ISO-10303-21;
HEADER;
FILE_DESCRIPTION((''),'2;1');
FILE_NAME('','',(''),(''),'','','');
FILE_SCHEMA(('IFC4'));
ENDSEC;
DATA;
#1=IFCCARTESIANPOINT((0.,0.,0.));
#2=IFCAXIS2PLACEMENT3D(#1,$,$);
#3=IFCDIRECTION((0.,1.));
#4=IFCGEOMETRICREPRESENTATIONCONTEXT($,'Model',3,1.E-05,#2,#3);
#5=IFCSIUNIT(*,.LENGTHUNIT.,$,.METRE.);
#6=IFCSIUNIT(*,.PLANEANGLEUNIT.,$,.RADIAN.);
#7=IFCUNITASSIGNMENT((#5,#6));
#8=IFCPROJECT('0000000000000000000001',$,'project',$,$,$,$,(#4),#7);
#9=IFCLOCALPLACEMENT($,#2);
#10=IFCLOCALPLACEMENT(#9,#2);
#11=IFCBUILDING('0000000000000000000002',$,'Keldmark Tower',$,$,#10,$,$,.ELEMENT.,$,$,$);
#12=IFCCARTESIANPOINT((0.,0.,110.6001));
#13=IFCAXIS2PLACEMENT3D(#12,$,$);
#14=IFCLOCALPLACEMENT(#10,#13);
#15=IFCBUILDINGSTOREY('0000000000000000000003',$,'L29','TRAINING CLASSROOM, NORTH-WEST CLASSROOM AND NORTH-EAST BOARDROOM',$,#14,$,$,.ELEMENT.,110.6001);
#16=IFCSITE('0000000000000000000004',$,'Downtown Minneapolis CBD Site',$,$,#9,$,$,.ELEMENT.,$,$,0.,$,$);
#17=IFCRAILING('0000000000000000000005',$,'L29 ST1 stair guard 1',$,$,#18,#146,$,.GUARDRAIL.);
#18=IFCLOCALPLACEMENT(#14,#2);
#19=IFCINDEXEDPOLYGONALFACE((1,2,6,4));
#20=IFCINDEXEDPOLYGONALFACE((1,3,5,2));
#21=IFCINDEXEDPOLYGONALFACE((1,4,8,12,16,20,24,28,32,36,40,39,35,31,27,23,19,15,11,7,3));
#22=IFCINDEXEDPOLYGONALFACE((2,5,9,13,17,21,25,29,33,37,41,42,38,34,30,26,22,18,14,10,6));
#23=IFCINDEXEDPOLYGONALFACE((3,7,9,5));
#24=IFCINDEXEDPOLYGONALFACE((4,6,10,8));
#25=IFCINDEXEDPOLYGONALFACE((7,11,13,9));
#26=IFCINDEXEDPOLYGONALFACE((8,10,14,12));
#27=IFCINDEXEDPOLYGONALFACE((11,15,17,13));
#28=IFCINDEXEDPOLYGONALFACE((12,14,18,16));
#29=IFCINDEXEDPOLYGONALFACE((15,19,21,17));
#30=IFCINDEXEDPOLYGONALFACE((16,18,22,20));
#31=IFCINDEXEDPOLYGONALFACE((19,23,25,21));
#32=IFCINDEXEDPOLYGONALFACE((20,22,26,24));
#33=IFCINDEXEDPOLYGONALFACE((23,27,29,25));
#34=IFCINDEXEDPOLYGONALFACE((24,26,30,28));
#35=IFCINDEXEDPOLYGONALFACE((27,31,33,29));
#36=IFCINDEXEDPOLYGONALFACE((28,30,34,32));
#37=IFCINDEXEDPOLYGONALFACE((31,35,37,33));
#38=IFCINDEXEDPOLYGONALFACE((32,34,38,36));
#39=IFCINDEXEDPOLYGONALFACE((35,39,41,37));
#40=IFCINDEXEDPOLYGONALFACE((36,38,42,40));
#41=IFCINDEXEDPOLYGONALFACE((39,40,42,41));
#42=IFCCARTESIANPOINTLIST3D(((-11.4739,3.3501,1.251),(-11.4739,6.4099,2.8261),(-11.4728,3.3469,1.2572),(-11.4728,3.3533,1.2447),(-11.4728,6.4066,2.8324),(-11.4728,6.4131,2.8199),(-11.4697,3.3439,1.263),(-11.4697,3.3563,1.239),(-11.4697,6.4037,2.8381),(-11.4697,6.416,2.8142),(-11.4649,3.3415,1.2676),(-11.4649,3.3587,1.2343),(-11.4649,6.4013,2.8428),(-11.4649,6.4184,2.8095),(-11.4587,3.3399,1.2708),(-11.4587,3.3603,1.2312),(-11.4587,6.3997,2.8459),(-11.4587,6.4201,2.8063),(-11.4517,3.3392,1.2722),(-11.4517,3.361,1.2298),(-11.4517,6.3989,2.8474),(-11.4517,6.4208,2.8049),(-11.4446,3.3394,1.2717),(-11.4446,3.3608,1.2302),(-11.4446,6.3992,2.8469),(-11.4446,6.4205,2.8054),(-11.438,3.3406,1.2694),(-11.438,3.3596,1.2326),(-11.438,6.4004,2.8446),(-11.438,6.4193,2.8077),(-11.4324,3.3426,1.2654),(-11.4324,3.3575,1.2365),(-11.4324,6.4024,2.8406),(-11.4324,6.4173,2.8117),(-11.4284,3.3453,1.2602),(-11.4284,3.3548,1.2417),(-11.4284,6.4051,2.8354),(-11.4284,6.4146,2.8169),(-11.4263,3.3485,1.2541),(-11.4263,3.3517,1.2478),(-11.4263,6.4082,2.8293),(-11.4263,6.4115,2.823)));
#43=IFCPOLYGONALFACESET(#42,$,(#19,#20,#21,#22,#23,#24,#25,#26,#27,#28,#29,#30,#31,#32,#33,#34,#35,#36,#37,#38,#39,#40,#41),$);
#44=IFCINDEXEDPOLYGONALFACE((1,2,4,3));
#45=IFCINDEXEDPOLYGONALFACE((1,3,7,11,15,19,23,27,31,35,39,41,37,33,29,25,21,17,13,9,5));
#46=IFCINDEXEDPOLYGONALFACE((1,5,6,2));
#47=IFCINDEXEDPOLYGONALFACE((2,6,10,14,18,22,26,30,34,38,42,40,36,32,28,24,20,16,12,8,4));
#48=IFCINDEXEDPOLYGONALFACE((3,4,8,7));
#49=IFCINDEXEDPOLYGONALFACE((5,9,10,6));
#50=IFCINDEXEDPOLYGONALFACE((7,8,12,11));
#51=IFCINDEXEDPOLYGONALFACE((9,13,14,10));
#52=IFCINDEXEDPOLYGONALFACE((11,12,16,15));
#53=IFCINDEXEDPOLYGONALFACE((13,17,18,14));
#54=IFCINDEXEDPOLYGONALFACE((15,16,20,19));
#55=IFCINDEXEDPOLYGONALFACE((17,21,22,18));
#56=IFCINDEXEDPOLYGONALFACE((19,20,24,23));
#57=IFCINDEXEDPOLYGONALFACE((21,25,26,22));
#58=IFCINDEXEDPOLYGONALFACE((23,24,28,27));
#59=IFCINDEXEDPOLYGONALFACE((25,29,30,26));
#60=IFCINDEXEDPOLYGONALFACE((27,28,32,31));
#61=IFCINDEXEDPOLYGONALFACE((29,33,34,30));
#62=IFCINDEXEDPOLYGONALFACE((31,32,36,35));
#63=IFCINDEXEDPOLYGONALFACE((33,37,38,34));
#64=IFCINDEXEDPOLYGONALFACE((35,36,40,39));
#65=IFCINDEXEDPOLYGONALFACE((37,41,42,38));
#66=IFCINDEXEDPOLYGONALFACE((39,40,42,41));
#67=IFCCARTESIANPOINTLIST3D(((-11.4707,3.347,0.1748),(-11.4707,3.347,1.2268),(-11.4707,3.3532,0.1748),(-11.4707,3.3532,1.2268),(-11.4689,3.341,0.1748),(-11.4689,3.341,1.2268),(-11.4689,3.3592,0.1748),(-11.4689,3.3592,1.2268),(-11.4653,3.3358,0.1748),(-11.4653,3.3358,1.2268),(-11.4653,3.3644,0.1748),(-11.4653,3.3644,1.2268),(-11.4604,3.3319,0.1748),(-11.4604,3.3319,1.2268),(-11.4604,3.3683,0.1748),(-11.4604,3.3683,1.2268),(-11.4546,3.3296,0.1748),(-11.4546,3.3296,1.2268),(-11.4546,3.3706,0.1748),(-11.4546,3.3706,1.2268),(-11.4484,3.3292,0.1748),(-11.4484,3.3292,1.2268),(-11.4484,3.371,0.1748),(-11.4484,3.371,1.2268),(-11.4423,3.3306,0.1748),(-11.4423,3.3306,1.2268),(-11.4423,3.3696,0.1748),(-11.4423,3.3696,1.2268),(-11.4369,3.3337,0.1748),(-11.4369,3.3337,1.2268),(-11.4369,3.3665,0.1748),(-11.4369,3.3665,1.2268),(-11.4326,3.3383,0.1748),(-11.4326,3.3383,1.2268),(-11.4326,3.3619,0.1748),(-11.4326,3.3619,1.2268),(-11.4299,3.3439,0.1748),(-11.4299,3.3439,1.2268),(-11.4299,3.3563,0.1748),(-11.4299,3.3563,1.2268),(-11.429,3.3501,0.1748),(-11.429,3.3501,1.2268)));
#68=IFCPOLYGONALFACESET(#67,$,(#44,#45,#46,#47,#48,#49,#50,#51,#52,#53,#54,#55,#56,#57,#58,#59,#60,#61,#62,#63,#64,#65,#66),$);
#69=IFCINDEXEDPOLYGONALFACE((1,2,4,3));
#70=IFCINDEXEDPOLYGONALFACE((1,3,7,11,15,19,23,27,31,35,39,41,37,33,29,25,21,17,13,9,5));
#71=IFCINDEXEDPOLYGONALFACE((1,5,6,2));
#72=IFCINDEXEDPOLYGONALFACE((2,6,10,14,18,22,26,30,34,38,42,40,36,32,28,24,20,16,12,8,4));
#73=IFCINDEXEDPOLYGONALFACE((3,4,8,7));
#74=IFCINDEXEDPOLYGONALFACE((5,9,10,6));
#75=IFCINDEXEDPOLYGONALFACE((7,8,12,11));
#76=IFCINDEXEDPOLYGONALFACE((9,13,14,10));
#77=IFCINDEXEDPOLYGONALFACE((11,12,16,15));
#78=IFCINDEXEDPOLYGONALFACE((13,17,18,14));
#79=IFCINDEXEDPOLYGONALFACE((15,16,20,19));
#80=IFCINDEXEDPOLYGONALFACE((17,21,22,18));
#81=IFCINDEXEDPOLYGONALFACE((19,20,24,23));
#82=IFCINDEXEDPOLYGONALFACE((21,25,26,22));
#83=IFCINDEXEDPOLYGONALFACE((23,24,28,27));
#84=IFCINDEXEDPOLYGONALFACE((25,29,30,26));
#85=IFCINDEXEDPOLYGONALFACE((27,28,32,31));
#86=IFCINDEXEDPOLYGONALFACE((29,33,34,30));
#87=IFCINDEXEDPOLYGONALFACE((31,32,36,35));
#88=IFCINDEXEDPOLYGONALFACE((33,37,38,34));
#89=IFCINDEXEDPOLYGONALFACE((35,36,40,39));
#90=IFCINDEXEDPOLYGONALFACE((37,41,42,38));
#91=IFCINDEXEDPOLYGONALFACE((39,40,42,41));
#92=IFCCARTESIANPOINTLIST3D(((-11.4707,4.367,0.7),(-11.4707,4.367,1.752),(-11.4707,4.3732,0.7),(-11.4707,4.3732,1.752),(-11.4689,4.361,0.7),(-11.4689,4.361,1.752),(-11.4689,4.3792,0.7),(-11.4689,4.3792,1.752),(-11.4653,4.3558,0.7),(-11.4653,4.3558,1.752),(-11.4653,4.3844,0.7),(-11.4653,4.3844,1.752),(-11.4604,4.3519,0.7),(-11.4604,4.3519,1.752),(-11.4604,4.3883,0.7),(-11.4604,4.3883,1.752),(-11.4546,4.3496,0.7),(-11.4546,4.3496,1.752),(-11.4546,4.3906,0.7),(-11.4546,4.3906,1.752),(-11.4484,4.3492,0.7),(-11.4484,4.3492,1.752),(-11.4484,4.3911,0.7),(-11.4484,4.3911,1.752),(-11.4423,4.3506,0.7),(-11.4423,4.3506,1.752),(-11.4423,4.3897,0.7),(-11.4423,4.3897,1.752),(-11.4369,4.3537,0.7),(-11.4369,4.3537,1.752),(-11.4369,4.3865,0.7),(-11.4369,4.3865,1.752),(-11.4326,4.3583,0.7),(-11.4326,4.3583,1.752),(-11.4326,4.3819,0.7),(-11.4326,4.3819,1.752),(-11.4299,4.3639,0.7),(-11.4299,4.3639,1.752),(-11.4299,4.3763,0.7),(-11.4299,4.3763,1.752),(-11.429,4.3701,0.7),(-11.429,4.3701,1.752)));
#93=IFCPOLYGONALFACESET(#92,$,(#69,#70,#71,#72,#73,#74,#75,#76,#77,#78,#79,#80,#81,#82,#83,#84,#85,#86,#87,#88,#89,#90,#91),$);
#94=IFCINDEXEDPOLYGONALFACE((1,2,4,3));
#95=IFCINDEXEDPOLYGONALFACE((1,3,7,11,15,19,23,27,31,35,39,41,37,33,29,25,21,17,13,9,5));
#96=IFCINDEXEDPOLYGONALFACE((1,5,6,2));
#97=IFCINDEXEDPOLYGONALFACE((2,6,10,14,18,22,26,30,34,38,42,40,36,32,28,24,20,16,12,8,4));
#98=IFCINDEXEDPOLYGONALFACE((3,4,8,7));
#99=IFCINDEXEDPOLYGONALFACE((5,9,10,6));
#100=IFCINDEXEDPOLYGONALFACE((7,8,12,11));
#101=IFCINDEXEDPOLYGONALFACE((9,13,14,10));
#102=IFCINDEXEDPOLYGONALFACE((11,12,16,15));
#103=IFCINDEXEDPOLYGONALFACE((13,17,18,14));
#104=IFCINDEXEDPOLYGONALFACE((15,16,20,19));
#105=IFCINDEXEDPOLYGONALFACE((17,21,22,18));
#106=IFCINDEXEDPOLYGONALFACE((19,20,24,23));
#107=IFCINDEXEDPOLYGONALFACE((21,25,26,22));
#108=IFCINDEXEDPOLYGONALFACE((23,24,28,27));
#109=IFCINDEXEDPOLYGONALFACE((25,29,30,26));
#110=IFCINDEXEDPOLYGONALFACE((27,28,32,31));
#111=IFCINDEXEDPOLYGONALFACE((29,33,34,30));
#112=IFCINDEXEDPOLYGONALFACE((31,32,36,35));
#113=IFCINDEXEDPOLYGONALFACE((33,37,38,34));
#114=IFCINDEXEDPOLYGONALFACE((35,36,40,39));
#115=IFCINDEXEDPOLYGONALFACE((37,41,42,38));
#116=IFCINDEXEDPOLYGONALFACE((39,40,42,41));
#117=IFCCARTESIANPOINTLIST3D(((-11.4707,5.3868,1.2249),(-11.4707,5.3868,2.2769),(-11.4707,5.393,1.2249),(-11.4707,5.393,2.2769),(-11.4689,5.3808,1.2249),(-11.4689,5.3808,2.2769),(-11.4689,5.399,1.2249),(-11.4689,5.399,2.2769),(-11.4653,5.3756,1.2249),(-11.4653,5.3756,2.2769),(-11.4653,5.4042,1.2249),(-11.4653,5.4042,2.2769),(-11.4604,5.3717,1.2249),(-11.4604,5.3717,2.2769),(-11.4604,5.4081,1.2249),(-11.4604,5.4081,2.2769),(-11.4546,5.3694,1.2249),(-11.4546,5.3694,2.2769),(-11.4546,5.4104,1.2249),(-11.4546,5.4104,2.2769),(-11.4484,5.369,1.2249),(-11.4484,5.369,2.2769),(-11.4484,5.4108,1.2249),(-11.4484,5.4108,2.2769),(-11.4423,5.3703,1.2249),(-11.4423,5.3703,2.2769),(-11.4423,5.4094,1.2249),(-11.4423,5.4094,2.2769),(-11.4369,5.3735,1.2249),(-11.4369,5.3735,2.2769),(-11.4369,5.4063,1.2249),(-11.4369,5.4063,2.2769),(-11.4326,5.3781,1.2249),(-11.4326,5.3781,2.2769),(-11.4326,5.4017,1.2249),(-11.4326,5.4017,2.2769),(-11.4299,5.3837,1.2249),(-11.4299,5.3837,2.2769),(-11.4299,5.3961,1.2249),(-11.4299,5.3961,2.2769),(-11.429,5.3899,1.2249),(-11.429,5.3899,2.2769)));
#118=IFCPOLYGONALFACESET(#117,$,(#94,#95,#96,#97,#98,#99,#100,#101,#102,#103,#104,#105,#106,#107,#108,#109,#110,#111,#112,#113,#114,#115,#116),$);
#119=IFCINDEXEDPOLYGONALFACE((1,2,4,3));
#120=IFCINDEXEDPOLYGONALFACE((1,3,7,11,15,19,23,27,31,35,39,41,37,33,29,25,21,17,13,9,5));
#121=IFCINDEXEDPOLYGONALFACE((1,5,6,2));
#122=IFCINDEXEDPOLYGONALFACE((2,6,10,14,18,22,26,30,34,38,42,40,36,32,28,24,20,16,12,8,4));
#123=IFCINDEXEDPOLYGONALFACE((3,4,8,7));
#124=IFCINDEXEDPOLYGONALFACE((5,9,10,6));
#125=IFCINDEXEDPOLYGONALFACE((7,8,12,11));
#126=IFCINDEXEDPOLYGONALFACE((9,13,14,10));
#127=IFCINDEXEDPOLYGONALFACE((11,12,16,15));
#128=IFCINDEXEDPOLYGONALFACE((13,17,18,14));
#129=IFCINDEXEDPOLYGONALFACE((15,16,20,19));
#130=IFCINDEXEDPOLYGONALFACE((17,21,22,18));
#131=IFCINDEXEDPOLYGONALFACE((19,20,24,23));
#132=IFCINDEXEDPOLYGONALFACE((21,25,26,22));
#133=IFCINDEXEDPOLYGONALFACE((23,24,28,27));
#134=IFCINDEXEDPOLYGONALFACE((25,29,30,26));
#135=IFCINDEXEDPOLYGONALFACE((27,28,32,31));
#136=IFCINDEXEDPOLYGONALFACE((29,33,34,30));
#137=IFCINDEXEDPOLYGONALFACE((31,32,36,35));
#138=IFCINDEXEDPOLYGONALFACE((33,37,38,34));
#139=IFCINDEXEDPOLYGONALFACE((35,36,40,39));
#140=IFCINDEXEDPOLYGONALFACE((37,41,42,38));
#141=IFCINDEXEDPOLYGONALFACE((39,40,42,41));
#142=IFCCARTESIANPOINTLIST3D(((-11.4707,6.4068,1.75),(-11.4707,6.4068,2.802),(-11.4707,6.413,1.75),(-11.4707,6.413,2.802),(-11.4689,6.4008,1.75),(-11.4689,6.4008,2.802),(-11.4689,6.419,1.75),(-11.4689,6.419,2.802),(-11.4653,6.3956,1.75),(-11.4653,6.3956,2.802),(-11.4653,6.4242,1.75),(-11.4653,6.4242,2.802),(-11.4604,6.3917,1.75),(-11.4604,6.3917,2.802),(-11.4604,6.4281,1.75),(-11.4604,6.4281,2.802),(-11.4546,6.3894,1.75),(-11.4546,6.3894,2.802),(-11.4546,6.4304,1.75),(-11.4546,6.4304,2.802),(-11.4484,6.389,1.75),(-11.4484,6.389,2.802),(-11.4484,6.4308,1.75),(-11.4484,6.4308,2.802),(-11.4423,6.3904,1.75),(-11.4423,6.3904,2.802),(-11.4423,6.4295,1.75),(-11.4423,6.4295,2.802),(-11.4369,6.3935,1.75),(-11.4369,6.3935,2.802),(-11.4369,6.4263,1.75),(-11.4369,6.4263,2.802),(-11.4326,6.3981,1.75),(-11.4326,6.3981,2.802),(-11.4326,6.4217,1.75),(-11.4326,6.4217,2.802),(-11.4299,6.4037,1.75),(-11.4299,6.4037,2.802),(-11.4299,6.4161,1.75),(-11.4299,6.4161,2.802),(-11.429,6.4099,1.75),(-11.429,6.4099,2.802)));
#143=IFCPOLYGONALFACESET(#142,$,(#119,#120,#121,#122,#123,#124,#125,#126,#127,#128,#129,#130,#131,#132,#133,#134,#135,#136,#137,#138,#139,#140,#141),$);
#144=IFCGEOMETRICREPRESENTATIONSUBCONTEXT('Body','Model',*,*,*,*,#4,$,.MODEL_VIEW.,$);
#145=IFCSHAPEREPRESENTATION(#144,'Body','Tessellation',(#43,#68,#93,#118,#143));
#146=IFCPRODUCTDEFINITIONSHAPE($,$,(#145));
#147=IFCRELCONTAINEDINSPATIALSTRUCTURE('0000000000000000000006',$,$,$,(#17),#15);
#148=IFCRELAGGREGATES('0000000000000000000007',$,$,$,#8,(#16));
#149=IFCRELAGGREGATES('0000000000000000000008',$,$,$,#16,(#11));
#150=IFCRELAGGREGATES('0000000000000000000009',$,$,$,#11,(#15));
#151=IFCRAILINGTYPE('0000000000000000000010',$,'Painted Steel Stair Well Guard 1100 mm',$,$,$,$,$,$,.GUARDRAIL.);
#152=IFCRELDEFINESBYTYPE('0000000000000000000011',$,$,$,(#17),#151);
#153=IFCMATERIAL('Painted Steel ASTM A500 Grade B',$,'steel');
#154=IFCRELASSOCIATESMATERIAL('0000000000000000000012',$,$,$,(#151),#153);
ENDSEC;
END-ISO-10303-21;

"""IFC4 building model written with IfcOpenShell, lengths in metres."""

from ifc_helpers import new_model, si_unit, direction, frame, origin, origin_2d, place, context, subcontext, project, spatial, circle, extrude, material, type_object, element, save


model = new_model("IFC4")

# Units and contexts
model_context = context("Model", 3, precision=1e-05, world=origin(), true_north=direction((0.0, 1.0)))
body_context = subcontext(model_context, "Body", "Model", "MODEL_VIEW")
ifc_project = project(units=[si_unit("LENGTHUNIT", "METRE"), si_unit("PLANEANGLEUNIT", "RADIAN")], contexts=[model_context])

# Site, building, storey
site_placement = place(None, origin())
site = spatial("IfcSite", under=ifc_project, at=site_placement, Name="Downtown Minneapolis CBD Site", CompositionType="ELEMENT", RefElevation=0.0)
building_placement = place(site_placement, origin())
building = spatial("IfcBuilding", under=site, at=building_placement, Name="Keldmark Tower", CompositionType="ELEMENT")
storey_placement = place(building_placement, frame((0.0, 0.0, 110.6001)))
storey = spatial("IfcBuildingStorey", under=building, at=storey_placement, Name="L29", Description="TRAINING CLASSROOM, NORTH-WEST CLASSROOM AND NORTH-EAST BOARDROOM", CompositionType="ELEMENT", Elevation=110.6001)

# Railing
ifc_material_1 = material(Name="Painted Steel ASTM A500 Grade B", Category="steel")
railing_type_1 = type_object("IfcRailingType", Name="Painted Steel Stair Well Guard 1100 mm", PredefinedType="GUARDRAIL", material=ifc_material_1)
railing_1_placement = place(storey_placement, frame((-11.45, 3.3501, 0.1748)))
element("IfcRailing", 1, at=railing_1_placement, inside=storey, type_object=railing_type_1, Name="L29 ST1 stair guard 1", PredefinedType="GUARDRAIL", context=body_context, shape_type="SweptSolid", body=[
    extrude(circle(Radius=0.0239, at=origin_2d()), frame((0.0, 0.0, 1.0762), z_axis=(0.0, 0.889101, 0.45771), x_axis=(-1.0, 0.0, 0.0)), (0.0, 0.0, 1.0), 3.4414),
    extrude(circle(Radius=0.021, at=origin_2d()), origin(), (0.0, 0.0, 1.0), 1.052),
    extrude(circle(Radius=0.021, at=origin_2d()), frame((0.0, 1.02, 0.5251)), (0.0, 0.0, 1.0), 1.052),
    extrude(circle(Radius=0.021, at=origin_2d()), frame((0.0, 2.0398, 1.05)), (0.0, 0.0, 1.0), 1.052),
    extrude(circle(Radius=0.021, at=origin_2d()), frame((0.0, 3.0598, 1.5752)), (0.0, 0.0, 1.0), 1.052),
])

save(model, "model.ifc")
